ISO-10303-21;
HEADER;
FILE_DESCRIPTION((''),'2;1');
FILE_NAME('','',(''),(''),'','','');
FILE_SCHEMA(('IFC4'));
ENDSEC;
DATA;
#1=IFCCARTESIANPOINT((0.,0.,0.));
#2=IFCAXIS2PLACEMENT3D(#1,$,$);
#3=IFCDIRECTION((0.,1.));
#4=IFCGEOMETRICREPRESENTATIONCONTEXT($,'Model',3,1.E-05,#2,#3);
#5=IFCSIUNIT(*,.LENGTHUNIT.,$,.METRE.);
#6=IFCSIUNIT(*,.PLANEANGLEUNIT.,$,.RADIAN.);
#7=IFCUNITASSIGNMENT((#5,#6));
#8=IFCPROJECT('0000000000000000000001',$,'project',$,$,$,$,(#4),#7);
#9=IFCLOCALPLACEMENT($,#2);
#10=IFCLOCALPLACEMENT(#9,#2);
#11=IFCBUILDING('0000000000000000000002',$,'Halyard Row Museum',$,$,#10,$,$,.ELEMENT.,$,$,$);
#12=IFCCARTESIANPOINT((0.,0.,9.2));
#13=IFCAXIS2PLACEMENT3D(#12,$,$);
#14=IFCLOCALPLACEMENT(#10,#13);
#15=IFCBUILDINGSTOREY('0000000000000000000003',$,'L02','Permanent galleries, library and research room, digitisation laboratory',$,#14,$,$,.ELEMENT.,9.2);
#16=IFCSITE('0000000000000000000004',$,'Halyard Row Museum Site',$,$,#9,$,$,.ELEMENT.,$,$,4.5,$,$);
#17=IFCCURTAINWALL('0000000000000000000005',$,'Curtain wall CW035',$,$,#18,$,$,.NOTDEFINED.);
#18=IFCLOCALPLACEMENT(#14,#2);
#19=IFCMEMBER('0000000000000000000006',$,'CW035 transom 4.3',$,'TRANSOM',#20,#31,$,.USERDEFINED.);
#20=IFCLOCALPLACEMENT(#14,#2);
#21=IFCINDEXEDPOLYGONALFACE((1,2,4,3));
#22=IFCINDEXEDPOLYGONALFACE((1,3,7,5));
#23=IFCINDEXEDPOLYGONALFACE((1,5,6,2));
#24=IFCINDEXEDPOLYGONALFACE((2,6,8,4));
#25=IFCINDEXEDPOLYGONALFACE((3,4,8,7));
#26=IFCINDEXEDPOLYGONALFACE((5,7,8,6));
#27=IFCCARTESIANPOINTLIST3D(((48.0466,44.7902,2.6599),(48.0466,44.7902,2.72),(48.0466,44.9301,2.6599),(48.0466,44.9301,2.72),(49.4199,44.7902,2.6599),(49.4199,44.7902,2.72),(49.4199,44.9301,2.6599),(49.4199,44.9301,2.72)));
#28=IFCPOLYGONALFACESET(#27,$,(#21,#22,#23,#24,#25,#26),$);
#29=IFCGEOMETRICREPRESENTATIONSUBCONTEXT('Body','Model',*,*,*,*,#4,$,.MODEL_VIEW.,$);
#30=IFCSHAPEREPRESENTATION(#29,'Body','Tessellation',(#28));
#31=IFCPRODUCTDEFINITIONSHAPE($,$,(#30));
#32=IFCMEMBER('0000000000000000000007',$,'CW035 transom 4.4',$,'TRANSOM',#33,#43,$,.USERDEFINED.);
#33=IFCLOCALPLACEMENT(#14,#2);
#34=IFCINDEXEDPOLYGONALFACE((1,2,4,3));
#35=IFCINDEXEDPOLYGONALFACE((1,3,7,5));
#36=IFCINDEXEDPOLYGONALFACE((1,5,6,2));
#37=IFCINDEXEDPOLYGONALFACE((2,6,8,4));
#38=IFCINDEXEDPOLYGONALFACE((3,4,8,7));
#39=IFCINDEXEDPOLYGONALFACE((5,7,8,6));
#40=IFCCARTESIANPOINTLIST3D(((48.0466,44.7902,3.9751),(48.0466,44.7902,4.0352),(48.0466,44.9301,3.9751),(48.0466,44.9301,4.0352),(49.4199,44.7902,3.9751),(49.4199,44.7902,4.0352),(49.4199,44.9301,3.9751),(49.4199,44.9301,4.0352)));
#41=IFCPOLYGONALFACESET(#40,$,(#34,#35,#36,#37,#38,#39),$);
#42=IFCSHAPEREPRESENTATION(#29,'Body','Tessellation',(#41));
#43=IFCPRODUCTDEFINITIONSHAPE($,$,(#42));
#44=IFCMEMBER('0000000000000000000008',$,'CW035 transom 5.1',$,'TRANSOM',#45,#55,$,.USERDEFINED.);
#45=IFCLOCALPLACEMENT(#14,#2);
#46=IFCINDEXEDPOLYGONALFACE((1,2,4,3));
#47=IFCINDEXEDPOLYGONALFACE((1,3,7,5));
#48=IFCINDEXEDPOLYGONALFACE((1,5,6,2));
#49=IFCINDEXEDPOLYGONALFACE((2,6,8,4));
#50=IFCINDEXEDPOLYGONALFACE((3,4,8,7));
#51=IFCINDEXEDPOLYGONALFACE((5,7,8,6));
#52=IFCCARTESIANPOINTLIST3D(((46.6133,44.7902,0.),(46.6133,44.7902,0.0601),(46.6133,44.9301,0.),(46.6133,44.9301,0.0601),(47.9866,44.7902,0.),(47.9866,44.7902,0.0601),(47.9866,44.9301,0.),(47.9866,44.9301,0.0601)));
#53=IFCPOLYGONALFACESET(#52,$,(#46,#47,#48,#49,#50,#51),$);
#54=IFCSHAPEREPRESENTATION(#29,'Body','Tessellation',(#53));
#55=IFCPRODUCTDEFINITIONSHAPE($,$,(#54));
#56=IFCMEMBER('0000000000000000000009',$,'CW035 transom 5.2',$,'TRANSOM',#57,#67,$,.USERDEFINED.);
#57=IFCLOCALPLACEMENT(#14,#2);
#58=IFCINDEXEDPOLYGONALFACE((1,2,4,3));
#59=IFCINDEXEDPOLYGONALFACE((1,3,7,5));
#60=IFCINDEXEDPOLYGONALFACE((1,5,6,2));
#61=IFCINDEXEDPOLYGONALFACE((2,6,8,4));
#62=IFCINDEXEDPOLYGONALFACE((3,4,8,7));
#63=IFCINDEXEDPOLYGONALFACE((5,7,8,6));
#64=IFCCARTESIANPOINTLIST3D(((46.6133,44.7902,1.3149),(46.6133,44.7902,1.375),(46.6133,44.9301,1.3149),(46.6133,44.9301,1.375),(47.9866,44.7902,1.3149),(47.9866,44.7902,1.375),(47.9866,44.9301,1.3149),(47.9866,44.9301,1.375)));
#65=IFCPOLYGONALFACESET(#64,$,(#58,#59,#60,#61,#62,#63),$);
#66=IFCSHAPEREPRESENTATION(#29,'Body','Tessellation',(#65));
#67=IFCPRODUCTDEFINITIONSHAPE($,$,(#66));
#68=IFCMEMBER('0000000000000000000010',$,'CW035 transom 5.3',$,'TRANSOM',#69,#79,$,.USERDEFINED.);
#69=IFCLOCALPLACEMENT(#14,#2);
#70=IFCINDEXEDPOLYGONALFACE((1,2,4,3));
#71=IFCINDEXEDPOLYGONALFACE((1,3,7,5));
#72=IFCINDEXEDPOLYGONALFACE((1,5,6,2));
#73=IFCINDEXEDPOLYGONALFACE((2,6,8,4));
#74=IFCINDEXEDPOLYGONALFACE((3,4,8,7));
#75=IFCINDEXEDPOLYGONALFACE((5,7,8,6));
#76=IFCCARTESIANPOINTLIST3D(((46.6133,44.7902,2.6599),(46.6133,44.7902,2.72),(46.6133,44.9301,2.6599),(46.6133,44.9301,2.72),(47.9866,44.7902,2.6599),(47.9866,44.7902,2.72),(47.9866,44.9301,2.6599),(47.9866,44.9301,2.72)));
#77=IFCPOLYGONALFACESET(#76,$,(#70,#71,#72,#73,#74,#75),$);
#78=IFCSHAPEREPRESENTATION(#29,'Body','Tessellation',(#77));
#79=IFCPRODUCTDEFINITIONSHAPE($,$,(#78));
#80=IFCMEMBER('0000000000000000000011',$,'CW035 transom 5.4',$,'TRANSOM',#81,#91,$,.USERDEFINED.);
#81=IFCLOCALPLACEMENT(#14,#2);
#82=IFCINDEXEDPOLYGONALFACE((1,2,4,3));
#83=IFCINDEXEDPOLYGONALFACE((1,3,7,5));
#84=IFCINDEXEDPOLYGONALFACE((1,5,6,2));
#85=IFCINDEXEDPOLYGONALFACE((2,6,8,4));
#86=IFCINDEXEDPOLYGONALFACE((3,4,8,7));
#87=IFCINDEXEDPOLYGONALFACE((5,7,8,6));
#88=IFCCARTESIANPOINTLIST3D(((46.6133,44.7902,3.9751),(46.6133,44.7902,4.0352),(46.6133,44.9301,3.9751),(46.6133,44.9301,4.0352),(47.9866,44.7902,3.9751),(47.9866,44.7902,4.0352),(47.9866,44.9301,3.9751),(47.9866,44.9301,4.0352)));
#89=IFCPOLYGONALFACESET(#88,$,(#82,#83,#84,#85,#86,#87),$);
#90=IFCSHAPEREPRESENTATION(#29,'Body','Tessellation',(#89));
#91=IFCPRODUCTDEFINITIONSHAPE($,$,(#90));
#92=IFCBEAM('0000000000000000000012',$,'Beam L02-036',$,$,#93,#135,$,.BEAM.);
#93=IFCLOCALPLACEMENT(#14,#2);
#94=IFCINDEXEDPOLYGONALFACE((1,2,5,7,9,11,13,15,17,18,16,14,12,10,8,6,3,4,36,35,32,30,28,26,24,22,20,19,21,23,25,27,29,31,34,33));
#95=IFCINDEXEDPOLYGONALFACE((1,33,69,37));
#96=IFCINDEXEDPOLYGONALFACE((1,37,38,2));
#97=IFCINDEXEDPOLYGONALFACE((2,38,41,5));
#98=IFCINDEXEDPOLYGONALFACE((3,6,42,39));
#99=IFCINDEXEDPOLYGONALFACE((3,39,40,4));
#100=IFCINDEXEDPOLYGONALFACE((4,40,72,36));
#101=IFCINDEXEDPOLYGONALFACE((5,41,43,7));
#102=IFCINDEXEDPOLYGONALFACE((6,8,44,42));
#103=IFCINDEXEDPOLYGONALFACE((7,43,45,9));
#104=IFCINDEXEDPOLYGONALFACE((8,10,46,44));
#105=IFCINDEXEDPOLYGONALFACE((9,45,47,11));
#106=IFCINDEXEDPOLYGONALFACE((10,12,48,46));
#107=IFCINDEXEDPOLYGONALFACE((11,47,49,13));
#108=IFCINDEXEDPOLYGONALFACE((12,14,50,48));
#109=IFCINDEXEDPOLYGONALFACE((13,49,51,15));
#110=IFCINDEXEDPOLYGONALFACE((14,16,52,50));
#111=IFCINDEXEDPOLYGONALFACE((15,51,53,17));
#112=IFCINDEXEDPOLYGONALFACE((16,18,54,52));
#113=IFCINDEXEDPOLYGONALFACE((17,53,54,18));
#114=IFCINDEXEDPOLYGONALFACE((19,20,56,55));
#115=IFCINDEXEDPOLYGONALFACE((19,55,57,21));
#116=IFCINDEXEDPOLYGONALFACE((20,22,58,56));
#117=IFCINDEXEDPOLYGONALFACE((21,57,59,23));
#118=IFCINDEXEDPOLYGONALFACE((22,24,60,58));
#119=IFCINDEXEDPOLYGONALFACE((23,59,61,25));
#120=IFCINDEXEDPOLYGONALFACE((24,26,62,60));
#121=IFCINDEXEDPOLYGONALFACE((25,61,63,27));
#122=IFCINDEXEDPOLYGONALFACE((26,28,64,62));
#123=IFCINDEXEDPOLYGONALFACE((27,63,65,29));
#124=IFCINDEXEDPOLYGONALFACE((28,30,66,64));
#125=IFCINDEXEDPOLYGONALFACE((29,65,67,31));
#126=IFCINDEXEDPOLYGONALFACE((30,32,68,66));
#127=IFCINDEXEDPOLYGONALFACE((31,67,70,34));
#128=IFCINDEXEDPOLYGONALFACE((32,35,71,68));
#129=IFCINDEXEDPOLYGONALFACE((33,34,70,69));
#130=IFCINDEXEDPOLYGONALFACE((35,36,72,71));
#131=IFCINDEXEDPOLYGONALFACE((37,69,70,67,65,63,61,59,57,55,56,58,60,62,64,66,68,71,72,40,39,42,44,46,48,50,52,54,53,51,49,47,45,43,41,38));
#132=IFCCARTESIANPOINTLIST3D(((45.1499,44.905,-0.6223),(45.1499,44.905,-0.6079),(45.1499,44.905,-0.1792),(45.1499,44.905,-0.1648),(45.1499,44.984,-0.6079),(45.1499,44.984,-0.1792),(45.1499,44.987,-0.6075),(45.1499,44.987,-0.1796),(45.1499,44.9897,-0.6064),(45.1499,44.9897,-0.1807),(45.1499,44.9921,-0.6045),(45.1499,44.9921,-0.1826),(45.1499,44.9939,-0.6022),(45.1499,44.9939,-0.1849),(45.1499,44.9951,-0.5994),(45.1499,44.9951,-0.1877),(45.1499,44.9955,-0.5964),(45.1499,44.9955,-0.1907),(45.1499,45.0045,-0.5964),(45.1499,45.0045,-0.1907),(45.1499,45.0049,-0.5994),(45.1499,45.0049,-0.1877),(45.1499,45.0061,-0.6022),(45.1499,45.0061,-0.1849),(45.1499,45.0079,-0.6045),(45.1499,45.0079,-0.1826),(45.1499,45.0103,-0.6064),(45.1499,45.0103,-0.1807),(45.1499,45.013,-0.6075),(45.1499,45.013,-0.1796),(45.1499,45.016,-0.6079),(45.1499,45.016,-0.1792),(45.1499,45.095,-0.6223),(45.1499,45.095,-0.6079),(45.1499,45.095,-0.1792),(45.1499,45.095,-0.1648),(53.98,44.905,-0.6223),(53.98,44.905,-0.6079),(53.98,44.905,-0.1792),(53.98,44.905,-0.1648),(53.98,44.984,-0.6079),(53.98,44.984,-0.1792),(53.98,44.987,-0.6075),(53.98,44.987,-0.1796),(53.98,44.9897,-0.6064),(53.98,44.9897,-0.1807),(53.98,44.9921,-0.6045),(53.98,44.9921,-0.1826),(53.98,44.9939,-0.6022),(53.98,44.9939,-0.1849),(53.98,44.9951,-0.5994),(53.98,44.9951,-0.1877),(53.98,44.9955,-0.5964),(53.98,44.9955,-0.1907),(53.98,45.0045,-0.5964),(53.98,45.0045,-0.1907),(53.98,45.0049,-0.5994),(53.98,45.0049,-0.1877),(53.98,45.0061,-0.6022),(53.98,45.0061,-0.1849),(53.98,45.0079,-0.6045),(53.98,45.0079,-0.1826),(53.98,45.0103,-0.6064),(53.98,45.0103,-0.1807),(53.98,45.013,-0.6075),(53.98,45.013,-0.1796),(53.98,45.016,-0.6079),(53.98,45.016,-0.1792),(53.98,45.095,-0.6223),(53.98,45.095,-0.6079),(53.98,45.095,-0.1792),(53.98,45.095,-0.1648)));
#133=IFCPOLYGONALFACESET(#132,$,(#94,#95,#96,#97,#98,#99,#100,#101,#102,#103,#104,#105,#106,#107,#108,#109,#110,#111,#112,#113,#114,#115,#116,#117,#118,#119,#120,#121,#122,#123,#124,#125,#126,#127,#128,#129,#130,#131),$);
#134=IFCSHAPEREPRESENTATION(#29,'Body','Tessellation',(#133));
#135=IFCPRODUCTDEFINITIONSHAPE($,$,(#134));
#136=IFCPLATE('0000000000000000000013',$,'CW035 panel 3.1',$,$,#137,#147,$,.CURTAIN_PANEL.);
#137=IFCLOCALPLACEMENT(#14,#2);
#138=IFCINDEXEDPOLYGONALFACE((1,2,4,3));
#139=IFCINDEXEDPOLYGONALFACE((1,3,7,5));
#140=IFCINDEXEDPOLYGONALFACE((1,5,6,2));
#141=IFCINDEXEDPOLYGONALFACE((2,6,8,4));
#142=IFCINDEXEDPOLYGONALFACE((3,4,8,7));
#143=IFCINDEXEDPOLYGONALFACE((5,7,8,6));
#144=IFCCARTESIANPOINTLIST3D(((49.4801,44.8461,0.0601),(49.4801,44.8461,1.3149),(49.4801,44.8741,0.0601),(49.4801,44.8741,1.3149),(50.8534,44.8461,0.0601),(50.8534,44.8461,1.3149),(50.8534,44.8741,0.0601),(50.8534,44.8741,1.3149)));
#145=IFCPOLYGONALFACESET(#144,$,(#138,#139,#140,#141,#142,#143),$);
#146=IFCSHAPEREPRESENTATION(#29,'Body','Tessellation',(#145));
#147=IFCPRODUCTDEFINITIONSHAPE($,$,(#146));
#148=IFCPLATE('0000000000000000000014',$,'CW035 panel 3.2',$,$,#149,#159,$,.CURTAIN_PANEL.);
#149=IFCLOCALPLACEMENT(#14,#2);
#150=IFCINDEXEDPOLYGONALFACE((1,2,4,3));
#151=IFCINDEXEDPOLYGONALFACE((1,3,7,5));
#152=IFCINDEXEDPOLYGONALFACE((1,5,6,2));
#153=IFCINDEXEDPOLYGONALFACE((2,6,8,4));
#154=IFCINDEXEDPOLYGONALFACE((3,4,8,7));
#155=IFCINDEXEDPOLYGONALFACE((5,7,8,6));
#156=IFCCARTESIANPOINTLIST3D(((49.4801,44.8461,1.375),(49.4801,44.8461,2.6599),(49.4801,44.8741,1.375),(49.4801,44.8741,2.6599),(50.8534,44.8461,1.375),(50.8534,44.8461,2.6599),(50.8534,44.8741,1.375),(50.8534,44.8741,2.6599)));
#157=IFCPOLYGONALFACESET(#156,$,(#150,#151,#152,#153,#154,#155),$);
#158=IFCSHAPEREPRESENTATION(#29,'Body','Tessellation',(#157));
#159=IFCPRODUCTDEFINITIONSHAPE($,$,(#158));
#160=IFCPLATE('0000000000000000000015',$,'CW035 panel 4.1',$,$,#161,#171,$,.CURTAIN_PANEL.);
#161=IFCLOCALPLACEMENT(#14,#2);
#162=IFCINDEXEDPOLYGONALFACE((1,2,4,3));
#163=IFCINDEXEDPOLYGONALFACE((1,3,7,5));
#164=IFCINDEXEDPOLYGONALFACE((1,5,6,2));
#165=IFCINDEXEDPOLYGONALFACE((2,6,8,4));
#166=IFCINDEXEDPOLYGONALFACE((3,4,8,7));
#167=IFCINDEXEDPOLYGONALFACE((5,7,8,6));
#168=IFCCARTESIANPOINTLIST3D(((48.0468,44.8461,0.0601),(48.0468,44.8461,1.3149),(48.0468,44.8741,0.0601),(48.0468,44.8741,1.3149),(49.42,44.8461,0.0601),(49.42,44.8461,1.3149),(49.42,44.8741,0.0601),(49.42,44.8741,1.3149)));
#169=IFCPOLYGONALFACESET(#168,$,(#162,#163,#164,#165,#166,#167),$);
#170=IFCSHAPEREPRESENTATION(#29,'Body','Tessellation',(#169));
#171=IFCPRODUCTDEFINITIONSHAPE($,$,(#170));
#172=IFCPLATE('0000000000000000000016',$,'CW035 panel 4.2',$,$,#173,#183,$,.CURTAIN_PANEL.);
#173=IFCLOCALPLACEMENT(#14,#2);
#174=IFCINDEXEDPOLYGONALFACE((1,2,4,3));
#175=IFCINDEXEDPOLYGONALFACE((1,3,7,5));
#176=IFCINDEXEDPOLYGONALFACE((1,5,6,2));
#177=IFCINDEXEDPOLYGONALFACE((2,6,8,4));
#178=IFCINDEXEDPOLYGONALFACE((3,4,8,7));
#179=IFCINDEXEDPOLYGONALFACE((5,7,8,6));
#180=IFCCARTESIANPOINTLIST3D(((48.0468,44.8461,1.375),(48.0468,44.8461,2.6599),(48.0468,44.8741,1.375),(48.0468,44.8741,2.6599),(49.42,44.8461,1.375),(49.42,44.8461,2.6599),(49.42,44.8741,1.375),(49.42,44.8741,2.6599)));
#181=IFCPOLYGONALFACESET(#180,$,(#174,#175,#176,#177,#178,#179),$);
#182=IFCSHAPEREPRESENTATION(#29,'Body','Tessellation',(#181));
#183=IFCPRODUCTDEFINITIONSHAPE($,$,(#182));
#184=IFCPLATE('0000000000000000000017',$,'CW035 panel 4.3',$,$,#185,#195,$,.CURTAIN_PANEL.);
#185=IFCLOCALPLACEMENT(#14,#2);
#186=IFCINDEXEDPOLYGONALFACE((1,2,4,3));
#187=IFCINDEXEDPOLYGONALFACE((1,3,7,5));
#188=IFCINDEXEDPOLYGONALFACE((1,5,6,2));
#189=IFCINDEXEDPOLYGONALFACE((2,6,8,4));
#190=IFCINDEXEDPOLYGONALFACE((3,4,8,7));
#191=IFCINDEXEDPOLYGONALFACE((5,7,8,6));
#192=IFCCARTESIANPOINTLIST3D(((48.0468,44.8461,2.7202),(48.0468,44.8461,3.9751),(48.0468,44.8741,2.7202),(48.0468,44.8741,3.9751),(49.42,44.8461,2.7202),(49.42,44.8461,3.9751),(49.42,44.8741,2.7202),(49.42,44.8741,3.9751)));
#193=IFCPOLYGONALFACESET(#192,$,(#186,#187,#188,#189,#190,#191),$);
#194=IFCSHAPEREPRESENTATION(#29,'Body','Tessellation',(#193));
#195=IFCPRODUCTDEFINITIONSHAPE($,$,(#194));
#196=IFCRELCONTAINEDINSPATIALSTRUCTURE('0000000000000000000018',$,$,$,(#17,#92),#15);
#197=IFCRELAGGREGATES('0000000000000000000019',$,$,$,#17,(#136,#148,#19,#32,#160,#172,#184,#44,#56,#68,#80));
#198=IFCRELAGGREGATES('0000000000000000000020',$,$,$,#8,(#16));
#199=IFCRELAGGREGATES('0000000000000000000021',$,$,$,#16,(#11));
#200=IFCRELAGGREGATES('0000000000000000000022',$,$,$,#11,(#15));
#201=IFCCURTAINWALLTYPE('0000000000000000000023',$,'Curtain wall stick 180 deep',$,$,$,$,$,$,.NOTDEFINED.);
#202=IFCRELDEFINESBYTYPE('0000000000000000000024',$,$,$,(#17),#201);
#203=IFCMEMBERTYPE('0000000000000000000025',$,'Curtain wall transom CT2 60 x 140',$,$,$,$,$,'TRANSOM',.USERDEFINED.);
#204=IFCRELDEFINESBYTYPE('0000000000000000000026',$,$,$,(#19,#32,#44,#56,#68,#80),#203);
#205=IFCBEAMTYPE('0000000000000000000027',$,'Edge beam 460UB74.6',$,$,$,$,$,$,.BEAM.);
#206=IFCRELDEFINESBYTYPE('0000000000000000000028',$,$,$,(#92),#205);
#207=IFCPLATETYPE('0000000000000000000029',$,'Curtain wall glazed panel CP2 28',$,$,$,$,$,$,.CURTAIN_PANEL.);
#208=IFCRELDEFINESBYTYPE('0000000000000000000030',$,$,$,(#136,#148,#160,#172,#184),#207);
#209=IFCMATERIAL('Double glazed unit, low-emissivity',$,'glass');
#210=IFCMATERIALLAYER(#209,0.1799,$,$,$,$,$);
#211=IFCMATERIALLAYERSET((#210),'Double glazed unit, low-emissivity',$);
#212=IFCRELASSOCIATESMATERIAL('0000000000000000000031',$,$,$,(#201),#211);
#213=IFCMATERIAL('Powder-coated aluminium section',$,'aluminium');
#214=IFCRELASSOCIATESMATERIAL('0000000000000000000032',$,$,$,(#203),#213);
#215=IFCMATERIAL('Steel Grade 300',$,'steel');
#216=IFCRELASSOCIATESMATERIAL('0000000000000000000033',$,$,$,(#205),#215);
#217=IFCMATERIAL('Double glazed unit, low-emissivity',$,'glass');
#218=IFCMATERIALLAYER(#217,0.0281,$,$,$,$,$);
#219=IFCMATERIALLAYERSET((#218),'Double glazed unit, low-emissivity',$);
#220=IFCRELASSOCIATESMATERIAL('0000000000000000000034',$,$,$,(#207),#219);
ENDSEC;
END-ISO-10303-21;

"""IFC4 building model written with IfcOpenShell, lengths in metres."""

from ifc_helpers import new_model, si_unit, direction, frame, origin, origin_2d, place, context, subcontext, project, spatial, rectangle, i_section, extrude, material, layer, layer_set, material_profile, profile_set, type_object, element, aggregate, save


model = new_model("IFC4")

# Units and contexts
model_context = context("Model", 3, precision=1e-05, world=origin(), true_north=direction((0.0, 1.0)))
body_context = subcontext(model_context, "Body", "Model", "MODEL_VIEW")
ifc_project = project(units=[si_unit("LENGTHUNIT", "METRE"), si_unit("PLANEANGLEUNIT", "RADIAN")], contexts=[model_context])

# Site, building, storey
site_placement = place(None, origin())
site = spatial("IfcSite", under=ifc_project, at=site_placement, Name="Halyard Row Museum Site", CompositionType="ELEMENT", RefElevation=4.5)
building_placement = place(site_placement, origin())
building = spatial("IfcBuilding", under=site, at=building_placement, Name="Halyard Row Museum", CompositionType="ELEMENT")
storey_placement = place(building_placement, frame((0.0, 0.0, 9.2)))
storey = spatial("IfcBuildingStorey", under=building, at=storey_placement, Name="L02", Description="Permanent galleries, library and research room, digitisation laboratory", CompositionType="ELEMENT", Elevation=9.2)

# Curtain wall, members
ifc_material_1 = material(Name="Double glazed unit, low-emissivity", Category="glass")
ifc_layer_1 = layer(ifc_material_1, 0.1799)
ifc_layer_set_1 = layer_set([ifc_layer_1], Name="Double glazed unit, low-emissivity")
curtain_wall_type = type_object("IfcCurtainWallType", Name="Curtain wall stick 180 deep", PredefinedType="NOTDEFINED", material=ifc_layer_set_1)
curtain_wall_placement = place(storey_placement, origin())
curtain_wall = element("IfcCurtainWall", 1, at=curtain_wall_placement, inside=storey, type_object=curtain_wall_type, Name="Curtain wall CW035", PredefinedType="NOTDEFINED")
ifc_material_2 = material(Name="Powder-coated aluminium section", Category="aluminium")
ifc_material_profile_1 = material_profile(ifc_material_2, rectangle(XDim=0.1399, YDim=0.0601, at=origin_2d()), Name="140x60 transom")
ifc_profile_set_1 = profile_set([ifc_material_profile_1], Name="Powder-coated aluminium section")
member_type_1 = type_object("IfcMemberType", Name="Curtain wall transom CT2 60 x 140", ElementType="TRANSOM", PredefinedType="USERDEFINED", material=ifc_profile_set_1)
member_1_placement = place(storey_placement, frame((49.4199, 44.8601, 2.6899), z_axis=(-1.0, 0.0, 0.0), x_axis=(0.0, -1.0, 0.0)))
member_1 = element("IfcMember", 2, at=member_1_placement, type_object=member_type_1, Name="CW035 transom 4.3", ObjectType="TRANSOM", PredefinedType="USERDEFINED", context=body_context, shape_type="SweptSolid", body=[
    extrude(rectangle(XDim=0.1399, YDim=0.0601, at=origin_2d()), origin(), (0.0, 0.0, 1.0), 1.3733),
])
member_2_placement = place(storey_placement, frame((49.4199, 44.8601, 4.0051), z_axis=(-1.0, 0.0, 0.0), x_axis=(0.0, -1.0, 0.0)))
member_2 = element("IfcMember", 3, at=member_2_placement, type_object=member_type_1, Name="CW035 transom 4.4", ObjectType="TRANSOM", PredefinedType="USERDEFINED", context=body_context, shape_type="SweptSolid", body=[
    extrude(rectangle(XDim=0.1399, YDim=0.0601, at=origin_2d()), origin(), (0.0, 0.0, 1.0), 1.3733),
])
member_3_placement = place(storey_placement, frame((47.9866, 44.8601, 0.03), z_axis=(-1.0, 0.0, 0.0), x_axis=(0.0, -1.0, 0.0)))
member_3 = element("IfcMember", 4, at=member_3_placement, type_object=member_type_1, Name="CW035 transom 5.1", ObjectType="TRANSOM", PredefinedType="USERDEFINED", context=body_context, shape_type="SweptSolid", body=[
    extrude(rectangle(XDim=0.1399, YDim=0.0601, at=origin_2d()), origin(), (0.0, 0.0, 1.0), 1.3733),
])
member_4_placement = place(storey_placement, frame((47.9866, 44.8601, 1.345), z_axis=(-1.0, 0.0, 0.0), x_axis=(0.0, -1.0, 0.0)))
member_4 = element("IfcMember", 5, at=member_4_placement, type_object=member_type_1, Name="CW035 transom 5.2", ObjectType="TRANSOM", PredefinedType="USERDEFINED", context=body_context, shape_type="SweptSolid", body=[
    extrude(rectangle(XDim=0.1399, YDim=0.0601, at=origin_2d()), origin(), (0.0, 0.0, 1.0), 1.3733),
])
member_5_placement = place(storey_placement, frame((47.9866, 44.8601, 2.6899), z_axis=(-1.0, 0.0, 0.0), x_axis=(0.0, -1.0, 0.0)))
member_5 = element("IfcMember", 6, at=member_5_placement, type_object=member_type_1, Name="CW035 transom 5.3", ObjectType="TRANSOM", PredefinedType="USERDEFINED", context=body_context, shape_type="SweptSolid", body=[
    extrude(rectangle(XDim=0.1399, YDim=0.0601, at=origin_2d()), origin(), (0.0, 0.0, 1.0), 1.3733),
])
member_6_placement = place(storey_placement, frame((47.9866, 44.8601, 4.0051), z_axis=(-1.0, 0.0, 0.0), x_axis=(0.0, -1.0, 0.0)))
member_6 = element("IfcMember", 7, at=member_6_placement, type_object=member_type_1, Name="CW035 transom 5.4", ObjectType="TRANSOM", PredefinedType="USERDEFINED", context=body_context, shape_type="SweptSolid", body=[
    extrude(rectangle(XDim=0.1399, YDim=0.0601, at=origin_2d()), origin(), (0.0, 0.0, 1.0), 1.3733),
])

# Beam
ifc_material_3 = material(Name="Steel Grade 300", Category="steel")
ifc_material_profile_2 = material_profile(ifc_material_3, i_section(OverallWidth=0.1899, OverallDepth=0.4575, WebThickness=0.009, FlangeThickness=0.0144, FilletRadius=0.0115, at=origin_2d()), Name="460UB74.6")
ifc_profile_set_2 = profile_set([ifc_material_profile_2], Name="Steel Grade 300")
beam_type = type_object("IfcBeamType", Name="Edge beam 460UB74.6", PredefinedType="BEAM", material=ifc_profile_set_2)
beam_placement = place(storey_placement, frame((45.1499, 45.0, -0.3936), z_axis=(1.0, 0.0, 0.0), x_axis=(0.0, 1.0, 0.0)))
element("IfcBeam", 8, at=beam_placement, inside=storey, type_object=beam_type, Name="Beam L02-036", PredefinedType="BEAM", context=body_context, shape_type="SweptSolid", body=[
    extrude(i_section(OverallWidth=0.1899, OverallDepth=0.4575, WebThickness=0.009, FlangeThickness=0.0144, FilletRadius=0.0115, at=origin_2d()), origin(), (0.0, 0.0, 1.0), 8.8301),
])

# Plates
ifc_material_4 = material(Name="Double glazed unit, low-emissivity", Category="glass")
ifc_layer_2 = layer(ifc_material_4, 0.0281)
ifc_layer_set_2 = layer_set([ifc_layer_2], Name="Double glazed unit, low-emissivity")
plate_type = type_object("IfcPlateType", Name="Curtain wall glazed panel CP2 28", PredefinedType="CURTAIN_PANEL", material=ifc_layer_set_2)
plate_1_placement = place(storey_placement, frame((50.1667, 44.8601, 0.0601), z_axis=(0.0, 0.0, 1.0), x_axis=(-1.0, 0.0, 0.0)))
plate_1 = element("IfcPlate", 9, at=plate_1_placement, type_object=plate_type, Name="CW035 panel 3.1", PredefinedType="CURTAIN_PANEL", context=body_context, shape_type="SweptSolid", body=[
    extrude(rectangle(XDim=1.3733, YDim=0.0281, at=origin_2d()), origin(), (0.0, 0.0, 1.0), 1.2549),
])
plate_2_placement = place(storey_placement, frame((50.1667, 44.8601, 1.375), z_axis=(0.0, 0.0, 1.0), x_axis=(-1.0, 0.0, 0.0)))
plate_2 = element("IfcPlate", 10, at=plate_2_placement, type_object=plate_type, Name="CW035 panel 3.2", PredefinedType="CURTAIN_PANEL", context=body_context, shape_type="SweptSolid", body=[
    extrude(rectangle(XDim=1.3733, YDim=0.0281, at=origin_2d()), origin(), (0.0, 0.0, 1.0), 1.2849),
])
plate_3_placement = place(storey_placement, frame((48.7334, 44.8601, 0.0601), z_axis=(0.0, 0.0, 1.0), x_axis=(-1.0, 0.0, 0.0)))
plate_3 = element("IfcPlate", 11, at=plate_3_placement, type_object=plate_type, Name="CW035 panel 4.1", PredefinedType="CURTAIN_PANEL", context=body_context, shape_type="SweptSolid", body=[
    extrude(rectangle(XDim=1.3733, YDim=0.0281, at=origin_2d()), origin(), (0.0, 0.0, 1.0), 1.2549),
])
plate_4_placement = place(storey_placement, frame((48.7334, 44.8601, 1.375), z_axis=(0.0, 0.0, 1.0), x_axis=(-1.0, 0.0, 0.0)))
plate_4 = element("IfcPlate", 12, at=plate_4_placement, type_object=plate_type, Name="CW035 panel 4.2", PredefinedType="CURTAIN_PANEL", context=body_context, shape_type="SweptSolid", body=[
    extrude(rectangle(XDim=1.3733, YDim=0.0281, at=origin_2d()), origin(), (0.0, 0.0, 1.0), 1.2849),
])
plate_5_placement = place(storey_placement, frame((48.7334, 44.8601, 2.7202), z_axis=(0.0, 0.0, 1.0), x_axis=(-1.0, 0.0, 0.0)))
plate_5 = element("IfcPlate", 13, at=plate_5_placement, type_object=plate_type, Name="CW035 panel 4.3", PredefinedType="CURTAIN_PANEL", context=body_context, shape_type="SweptSolid", body=[
    extrude(rectangle(XDim=1.3733, YDim=0.0281, at=origin_2d()), origin(), (0.0, 0.0, 1.0), 1.2549),
])
aggregate(curtain_wall, [plate_1, plate_2, member_1, member_2, plate_3, plate_4, plate_5, member_3, member_4, member_5, member_6])

save(model, "model.ifc")
